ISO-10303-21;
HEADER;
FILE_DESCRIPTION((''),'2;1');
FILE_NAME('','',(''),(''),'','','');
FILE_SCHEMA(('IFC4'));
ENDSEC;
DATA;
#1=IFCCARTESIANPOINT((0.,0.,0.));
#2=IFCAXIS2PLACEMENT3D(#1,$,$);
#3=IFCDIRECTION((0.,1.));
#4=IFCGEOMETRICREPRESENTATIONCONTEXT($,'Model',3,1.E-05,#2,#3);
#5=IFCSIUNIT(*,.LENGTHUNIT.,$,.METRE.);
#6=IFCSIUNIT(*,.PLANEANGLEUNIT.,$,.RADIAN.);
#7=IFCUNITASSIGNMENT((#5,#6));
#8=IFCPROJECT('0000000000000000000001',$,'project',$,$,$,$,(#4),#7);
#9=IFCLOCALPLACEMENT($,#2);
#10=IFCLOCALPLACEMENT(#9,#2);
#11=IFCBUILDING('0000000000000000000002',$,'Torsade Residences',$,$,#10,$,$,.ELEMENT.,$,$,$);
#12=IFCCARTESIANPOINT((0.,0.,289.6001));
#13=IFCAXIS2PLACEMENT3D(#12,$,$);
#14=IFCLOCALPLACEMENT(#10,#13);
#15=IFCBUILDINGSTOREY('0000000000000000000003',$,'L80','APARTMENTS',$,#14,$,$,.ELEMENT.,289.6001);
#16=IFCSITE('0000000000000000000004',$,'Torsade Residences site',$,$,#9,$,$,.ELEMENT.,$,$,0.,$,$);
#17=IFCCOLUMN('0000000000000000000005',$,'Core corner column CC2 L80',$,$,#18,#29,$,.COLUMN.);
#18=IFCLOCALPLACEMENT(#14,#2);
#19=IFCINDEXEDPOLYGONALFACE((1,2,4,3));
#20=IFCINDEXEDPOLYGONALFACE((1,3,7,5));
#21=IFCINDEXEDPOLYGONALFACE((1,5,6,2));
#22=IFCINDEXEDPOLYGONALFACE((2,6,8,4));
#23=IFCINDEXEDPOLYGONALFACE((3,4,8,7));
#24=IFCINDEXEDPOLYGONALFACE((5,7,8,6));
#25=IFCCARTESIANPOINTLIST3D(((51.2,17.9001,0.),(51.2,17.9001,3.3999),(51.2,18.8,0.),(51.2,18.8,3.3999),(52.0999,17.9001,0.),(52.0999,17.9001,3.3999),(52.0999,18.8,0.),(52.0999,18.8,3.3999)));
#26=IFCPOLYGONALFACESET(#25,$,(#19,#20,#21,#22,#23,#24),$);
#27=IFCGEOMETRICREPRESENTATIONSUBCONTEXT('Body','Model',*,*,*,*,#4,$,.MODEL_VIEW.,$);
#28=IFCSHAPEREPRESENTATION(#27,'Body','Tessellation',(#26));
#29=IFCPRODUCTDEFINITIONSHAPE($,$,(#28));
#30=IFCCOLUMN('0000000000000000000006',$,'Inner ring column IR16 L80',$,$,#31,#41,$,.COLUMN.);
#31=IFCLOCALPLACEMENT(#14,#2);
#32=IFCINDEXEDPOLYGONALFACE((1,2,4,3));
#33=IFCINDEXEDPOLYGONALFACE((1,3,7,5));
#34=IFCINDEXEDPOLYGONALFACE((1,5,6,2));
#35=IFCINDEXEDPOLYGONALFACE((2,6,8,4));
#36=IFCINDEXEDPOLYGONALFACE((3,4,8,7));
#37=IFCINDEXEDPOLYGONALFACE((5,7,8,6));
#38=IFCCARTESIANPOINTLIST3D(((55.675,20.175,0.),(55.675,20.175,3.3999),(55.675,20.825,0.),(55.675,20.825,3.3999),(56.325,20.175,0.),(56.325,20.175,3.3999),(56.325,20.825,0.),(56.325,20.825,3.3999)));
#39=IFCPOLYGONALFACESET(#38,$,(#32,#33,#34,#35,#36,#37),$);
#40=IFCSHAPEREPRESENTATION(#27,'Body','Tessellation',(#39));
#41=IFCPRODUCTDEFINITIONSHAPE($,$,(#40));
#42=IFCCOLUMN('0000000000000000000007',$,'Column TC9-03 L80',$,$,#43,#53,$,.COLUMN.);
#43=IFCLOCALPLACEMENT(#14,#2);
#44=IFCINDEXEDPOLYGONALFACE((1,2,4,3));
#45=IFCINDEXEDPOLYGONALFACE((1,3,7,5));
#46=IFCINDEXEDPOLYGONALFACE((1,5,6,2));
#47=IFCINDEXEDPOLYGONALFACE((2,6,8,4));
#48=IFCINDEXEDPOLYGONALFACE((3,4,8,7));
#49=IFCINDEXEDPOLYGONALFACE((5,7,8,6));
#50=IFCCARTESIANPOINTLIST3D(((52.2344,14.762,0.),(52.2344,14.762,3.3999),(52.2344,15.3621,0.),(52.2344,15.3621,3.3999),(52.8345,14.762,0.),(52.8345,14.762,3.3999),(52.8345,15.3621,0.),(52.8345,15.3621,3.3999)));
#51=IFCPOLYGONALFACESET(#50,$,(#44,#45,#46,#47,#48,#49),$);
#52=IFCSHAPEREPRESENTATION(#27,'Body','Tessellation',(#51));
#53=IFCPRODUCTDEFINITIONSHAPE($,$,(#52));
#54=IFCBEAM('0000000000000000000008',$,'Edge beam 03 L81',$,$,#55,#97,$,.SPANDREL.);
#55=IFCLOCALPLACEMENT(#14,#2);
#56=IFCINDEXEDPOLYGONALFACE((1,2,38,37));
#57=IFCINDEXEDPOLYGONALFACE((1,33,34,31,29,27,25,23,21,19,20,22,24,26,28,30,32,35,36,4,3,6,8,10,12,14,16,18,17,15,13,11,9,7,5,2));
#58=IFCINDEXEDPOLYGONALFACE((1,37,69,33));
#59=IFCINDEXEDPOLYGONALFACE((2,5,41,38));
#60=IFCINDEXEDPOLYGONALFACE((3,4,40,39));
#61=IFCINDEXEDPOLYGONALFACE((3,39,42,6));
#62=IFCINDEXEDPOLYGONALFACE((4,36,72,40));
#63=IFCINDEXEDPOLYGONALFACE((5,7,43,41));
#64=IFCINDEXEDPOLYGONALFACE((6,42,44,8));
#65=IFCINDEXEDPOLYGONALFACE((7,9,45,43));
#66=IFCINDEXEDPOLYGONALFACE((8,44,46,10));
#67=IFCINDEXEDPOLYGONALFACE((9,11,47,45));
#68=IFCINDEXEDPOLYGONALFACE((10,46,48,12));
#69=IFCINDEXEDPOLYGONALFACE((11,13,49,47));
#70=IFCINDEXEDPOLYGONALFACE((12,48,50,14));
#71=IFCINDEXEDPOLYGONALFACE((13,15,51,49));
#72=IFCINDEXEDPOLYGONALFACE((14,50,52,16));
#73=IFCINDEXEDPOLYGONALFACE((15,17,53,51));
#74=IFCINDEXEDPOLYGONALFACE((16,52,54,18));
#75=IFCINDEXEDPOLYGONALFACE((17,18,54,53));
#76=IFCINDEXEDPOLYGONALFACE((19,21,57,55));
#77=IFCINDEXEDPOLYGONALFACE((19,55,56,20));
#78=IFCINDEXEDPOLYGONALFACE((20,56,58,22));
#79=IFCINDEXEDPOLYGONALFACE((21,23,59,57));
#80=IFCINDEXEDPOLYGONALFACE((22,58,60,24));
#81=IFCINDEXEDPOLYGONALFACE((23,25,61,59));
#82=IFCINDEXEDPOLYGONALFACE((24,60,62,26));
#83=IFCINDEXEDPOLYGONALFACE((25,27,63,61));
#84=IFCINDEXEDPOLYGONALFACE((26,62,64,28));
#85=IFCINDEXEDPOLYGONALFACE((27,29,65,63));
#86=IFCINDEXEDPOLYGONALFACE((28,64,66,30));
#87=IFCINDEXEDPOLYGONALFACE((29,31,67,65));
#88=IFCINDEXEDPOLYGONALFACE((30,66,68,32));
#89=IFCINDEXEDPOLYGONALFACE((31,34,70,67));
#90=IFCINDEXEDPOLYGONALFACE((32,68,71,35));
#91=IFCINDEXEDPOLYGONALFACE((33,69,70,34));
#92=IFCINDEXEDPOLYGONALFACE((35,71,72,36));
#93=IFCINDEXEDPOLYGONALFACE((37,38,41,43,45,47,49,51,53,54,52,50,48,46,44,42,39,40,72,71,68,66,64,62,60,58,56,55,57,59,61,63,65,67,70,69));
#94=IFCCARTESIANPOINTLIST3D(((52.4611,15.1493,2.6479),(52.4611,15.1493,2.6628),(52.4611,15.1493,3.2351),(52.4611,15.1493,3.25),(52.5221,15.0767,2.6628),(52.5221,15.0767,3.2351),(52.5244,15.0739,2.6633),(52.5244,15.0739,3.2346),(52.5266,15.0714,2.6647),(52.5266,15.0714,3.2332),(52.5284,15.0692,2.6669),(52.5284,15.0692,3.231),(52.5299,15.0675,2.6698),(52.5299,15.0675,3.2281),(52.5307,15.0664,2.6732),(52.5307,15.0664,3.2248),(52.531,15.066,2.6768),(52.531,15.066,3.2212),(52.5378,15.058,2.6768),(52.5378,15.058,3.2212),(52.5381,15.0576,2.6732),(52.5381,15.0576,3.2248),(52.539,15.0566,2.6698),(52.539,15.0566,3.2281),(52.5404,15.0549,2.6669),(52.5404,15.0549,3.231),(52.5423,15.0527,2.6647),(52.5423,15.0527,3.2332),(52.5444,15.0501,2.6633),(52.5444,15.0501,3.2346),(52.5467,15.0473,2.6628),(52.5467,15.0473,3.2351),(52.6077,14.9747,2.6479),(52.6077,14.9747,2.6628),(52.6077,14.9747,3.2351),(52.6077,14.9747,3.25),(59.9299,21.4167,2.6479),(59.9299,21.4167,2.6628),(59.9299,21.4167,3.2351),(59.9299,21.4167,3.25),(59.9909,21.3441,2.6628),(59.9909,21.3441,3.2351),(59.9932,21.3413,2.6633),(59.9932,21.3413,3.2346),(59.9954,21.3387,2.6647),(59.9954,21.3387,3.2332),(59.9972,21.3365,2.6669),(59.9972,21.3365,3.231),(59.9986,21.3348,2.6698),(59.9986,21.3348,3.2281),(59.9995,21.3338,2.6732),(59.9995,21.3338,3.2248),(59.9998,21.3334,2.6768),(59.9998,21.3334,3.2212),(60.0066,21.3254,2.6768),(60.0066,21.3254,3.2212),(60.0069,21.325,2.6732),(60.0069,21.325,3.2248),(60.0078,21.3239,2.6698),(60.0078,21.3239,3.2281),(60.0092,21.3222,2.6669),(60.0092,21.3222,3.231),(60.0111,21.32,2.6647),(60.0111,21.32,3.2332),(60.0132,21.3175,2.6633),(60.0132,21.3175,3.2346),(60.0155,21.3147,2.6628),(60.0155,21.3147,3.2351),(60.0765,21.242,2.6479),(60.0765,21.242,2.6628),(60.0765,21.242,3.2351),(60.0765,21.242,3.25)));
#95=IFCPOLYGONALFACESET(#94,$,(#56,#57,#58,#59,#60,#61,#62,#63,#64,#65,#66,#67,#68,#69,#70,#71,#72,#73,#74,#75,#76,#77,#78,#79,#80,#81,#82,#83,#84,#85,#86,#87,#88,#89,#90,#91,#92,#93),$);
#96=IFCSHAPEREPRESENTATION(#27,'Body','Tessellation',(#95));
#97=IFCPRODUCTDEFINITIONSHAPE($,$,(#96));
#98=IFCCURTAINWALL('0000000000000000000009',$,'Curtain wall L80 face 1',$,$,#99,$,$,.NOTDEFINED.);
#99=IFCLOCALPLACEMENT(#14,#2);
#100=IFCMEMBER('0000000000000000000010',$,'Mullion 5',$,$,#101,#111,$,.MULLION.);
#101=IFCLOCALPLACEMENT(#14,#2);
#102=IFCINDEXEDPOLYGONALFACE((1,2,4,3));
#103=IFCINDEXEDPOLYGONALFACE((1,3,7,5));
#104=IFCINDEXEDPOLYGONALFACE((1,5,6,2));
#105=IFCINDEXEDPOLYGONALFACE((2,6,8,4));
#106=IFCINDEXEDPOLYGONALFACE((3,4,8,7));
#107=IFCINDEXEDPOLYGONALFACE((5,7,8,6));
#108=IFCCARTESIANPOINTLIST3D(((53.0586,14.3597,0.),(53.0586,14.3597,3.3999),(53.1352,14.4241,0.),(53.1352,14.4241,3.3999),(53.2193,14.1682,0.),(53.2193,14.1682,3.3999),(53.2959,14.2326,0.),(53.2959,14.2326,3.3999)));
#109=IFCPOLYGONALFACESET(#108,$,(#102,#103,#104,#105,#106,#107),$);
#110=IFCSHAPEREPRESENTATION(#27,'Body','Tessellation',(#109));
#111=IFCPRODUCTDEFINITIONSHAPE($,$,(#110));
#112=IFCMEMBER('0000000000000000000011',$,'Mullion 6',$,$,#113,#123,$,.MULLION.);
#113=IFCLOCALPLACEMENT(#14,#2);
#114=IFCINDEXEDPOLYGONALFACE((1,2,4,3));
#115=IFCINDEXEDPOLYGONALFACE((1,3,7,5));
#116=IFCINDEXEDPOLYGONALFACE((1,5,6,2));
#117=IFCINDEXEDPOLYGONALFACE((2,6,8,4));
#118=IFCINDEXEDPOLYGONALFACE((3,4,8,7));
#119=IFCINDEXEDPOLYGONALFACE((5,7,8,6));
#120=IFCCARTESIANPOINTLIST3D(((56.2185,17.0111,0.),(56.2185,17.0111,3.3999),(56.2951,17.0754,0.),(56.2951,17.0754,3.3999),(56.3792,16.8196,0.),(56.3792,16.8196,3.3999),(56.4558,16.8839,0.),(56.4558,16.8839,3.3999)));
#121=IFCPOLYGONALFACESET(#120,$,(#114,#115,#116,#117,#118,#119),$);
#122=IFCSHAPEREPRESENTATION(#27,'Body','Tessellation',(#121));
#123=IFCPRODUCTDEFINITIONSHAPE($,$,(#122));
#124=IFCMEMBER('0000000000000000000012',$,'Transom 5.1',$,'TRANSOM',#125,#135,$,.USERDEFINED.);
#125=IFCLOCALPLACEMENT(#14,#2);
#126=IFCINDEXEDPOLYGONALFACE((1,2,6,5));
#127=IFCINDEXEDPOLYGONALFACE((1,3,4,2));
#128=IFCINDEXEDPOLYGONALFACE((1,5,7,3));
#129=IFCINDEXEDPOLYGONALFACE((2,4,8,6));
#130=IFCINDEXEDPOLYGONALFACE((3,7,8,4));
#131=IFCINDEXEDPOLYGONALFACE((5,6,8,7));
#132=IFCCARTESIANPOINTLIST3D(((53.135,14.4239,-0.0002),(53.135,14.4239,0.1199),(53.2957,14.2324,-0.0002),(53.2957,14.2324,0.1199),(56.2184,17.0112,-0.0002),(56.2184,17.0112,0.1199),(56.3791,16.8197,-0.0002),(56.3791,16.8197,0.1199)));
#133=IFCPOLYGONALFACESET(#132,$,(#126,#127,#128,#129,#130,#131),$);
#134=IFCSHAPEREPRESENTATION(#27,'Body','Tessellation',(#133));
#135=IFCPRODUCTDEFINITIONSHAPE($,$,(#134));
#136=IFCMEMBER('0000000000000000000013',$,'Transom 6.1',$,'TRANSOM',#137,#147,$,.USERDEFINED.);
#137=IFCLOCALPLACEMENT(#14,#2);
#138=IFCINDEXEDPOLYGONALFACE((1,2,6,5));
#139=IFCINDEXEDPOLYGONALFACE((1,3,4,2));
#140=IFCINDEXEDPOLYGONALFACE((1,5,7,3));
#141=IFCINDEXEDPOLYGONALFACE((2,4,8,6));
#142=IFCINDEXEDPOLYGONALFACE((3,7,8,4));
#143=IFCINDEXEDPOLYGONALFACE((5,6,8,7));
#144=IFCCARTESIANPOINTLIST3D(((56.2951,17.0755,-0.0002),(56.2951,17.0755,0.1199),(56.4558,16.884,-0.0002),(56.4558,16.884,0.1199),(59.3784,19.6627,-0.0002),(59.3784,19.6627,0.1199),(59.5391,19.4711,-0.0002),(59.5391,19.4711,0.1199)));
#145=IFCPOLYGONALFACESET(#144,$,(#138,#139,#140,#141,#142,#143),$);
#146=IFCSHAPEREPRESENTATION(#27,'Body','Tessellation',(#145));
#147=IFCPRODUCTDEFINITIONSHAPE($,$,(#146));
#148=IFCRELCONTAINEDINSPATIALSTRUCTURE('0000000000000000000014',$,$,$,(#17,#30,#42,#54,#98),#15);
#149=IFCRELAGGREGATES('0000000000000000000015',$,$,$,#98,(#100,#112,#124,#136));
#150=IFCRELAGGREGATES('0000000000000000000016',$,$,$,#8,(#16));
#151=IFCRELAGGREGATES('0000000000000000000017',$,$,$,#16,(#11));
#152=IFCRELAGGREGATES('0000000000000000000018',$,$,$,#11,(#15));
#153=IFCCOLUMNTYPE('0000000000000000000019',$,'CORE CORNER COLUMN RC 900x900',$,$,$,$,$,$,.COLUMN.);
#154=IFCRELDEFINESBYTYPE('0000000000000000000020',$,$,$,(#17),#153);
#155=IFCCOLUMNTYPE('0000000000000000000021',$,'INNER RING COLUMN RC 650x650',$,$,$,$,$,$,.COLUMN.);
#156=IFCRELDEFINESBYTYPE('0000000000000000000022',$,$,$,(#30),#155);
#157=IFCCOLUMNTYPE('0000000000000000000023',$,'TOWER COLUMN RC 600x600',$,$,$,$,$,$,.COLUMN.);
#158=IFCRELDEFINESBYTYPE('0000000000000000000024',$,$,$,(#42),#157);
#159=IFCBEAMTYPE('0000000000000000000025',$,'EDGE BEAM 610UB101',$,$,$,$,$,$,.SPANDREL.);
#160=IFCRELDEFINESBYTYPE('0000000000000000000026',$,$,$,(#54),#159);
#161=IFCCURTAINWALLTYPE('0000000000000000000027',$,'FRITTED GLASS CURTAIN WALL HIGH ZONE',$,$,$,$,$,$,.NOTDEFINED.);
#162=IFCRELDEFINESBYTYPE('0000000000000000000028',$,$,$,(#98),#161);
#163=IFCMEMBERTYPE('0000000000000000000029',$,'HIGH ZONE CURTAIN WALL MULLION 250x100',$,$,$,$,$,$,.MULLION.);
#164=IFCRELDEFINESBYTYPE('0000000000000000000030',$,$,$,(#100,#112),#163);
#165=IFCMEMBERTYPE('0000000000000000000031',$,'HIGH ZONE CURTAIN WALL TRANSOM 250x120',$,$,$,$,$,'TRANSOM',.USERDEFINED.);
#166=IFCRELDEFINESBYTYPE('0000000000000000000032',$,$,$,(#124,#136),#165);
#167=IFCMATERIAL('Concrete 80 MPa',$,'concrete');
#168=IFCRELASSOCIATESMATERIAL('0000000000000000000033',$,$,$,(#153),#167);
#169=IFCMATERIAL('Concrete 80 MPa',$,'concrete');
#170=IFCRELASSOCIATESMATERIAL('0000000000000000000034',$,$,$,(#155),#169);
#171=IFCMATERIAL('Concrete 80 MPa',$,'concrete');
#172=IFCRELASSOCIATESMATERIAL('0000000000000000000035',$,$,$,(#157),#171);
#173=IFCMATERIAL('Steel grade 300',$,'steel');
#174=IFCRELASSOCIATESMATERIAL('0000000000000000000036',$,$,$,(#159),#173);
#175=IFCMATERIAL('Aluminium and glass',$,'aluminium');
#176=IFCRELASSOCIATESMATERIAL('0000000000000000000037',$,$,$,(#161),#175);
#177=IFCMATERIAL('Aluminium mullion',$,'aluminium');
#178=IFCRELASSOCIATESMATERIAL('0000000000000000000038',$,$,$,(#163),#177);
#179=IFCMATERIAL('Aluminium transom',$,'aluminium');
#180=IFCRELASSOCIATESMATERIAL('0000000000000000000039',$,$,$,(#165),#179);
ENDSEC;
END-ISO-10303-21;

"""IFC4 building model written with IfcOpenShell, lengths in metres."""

from ifc_helpers import new_model, si_unit, direction, frame, origin, origin_2d, place, context, subcontext, project, spatial, rectangle, i_section, extrude, material, material_profile, profile_set, type_object, element, aggregate, save


model = new_model("IFC4")

# Units and contexts
model_context = context("Model", 3, precision=1e-05, world=origin(), true_north=direction((0.0, 1.0)))
body_context = subcontext(model_context, "Body", "Model", "MODEL_VIEW")
ifc_project = project(units=[si_unit("LENGTHUNIT", "METRE"), si_unit("PLANEANGLEUNIT", "RADIAN")], contexts=[model_context])

# Site, building, storey
site_placement = place(None, origin())
site = spatial("IfcSite", under=ifc_project, at=site_placement, Name="Torsade Residences site", CompositionType="ELEMENT", RefElevation=0.0)
building_placement = place(site_placement, origin())
building = spatial("IfcBuilding", under=site, at=building_placement, Name="Torsade Residences", CompositionType="ELEMENT")
storey_placement = place(building_placement, frame((0.0, 0.0, 289.6001)))
storey = spatial("IfcBuildingStorey", under=building, at=storey_placement, Name="L80", Description="APARTMENTS", CompositionType="ELEMENT", Elevation=289.6001)

# Columns
ifc_material_1 = material(Name="Concrete 80 MPa", Category="concrete")
ifc_material_profile_1 = material_profile(ifc_material_1, rectangle(XDim=0.8999, YDim=0.8999, at=origin_2d()), Name="RC 900x900")
ifc_profile_set_1 = profile_set([ifc_material_profile_1], Name="Concrete 80 MPa")
column_type_1 = type_object("IfcColumnType", Name="CORE CORNER COLUMN RC 900x900", PredefinedType="COLUMN", material=ifc_profile_set_1)
column_1_placement = place(storey_placement, frame((51.6499, 18.3501, 0.0), z_axis=(0.0, 0.0, 1.0), x_axis=(1.0, 0.0, 0.0)))
element("IfcColumn", 1, at=column_1_placement, inside=storey, type_object=column_type_1, Name="Core corner column CC2 L80", PredefinedType="COLUMN", context=body_context, shape_type="SweptSolid", body=[
    extrude(rectangle(XDim=0.8999, YDim=0.8999, at=origin_2d()), origin(), (0.0, 0.0, 1.0), 3.3999),
])
ifc_material_2 = material(Name="Concrete 80 MPa", Category="concrete")
ifc_material_profile_2 = material_profile(ifc_material_2, rectangle(XDim=0.6499, YDim=0.6499, at=origin_2d()), Name="RC 650x650")
ifc_profile_set_2 = profile_set([ifc_material_profile_2], Name="Concrete 80 MPa")
column_type_2 = type_object("IfcColumnType", Name="INNER RING COLUMN RC 650x650", PredefinedType="COLUMN", material=ifc_profile_set_2)
column_2_placement = place(storey_placement, frame((56.0, 20.5, 0.0), z_axis=(0.0, 0.0, 1.0), x_axis=(1.0, 0.0, 0.0)))
element("IfcColumn", 2, at=column_2_placement, inside=storey, type_object=column_type_2, Name="Inner ring column IR16 L80", PredefinedType="COLUMN", context=body_context, shape_type="SweptSolid", body=[
    extrude(rectangle(XDim=0.6499, YDim=0.6499, at=origin_2d()), origin(), (0.0, 0.0, 1.0), 3.3999),
])
ifc_material_3 = material(Name="Concrete 80 MPa", Category="concrete")
ifc_material_profile_3 = material_profile(ifc_material_3, rectangle(XDim=0.6001, YDim=0.6001, at=origin_2d()), Name="RC 600x600")
ifc_profile_set_3 = profile_set([ifc_material_profile_3], Name="Concrete 80 MPa")
column_type_3 = type_object("IfcColumnType", Name="TOWER COLUMN RC 600x600", PredefinedType="COLUMN", material=ifc_profile_set_3)
column_3_placement = place(storey_placement, frame((52.5344, 15.062, 0.0), z_axis=(0.0, 0.0, 1.0), x_axis=(1.0, 0.0, 0.0)))
element("IfcColumn", 3, at=column_3_placement, inside=storey, type_object=column_type_3, Name="Column TC9-03 L80", PredefinedType="COLUMN", context=body_context, shape_type="SweptSolid", body=[
    extrude(rectangle(XDim=0.6001, YDim=0.6001, at=origin_2d()), origin(), (0.0, 0.0, 1.0), 3.3999),
])

# Beam
ifc_material_4 = material(Name="Steel grade 300", Category="steel")
ifc_material_profile_4 = material_profile(ifc_material_4, i_section(OverallWidth=0.228, OverallDepth=0.6021, WebThickness=0.0105, FlangeThickness=0.0149, FilletRadius=0.0139, at=origin_2d()), Name="610UB101")
ifc_profile_set_4 = profile_set([ifc_material_profile_4], Name="Steel grade 300")
beam_type_1 = type_object("IfcBeamType", Name="EDGE BEAM 610UB101", PredefinedType="SPANDREL", material=ifc_profile_set_4)
beam_1_placement = place(storey_placement, frame((52.5344, 15.062, 2.949), z_axis=(0.766029, 0.642806, 0.0), x_axis=(-0.642806, 0.766029, 0.0)))
element("IfcBeam", 4, at=beam_1_placement, inside=storey, type_object=beam_type_1, Name="Edge beam 03 L81", PredefinedType="SPANDREL", context=body_context, shape_type="SweptSolid", body=[
    extrude(i_section(OverallWidth=0.228, OverallDepth=0.6021, WebThickness=0.0105, FlangeThickness=0.0149, FilletRadius=0.0139, at=origin_2d()), origin(), (0.0, 0.0, 1.0), 9.75),
])

# Curtain wall, members
ifc_material_5 = material(Name="Aluminium and glass", Category="aluminium")
curtain_wall_type = type_object("IfcCurtainWallType", Name="FRITTED GLASS CURTAIN WALL HIGH ZONE", PredefinedType="NOTDEFINED", material=ifc_material_5)
curtain_wall_placement = place(storey_placement, origin())
curtain_wall = element("IfcCurtainWall", 5, at=curtain_wall_placement, inside=storey, type_object=curtain_wall_type, Name="Curtain wall L80 face 1", PredefinedType="NOTDEFINED")
ifc_material_6 = material(Name="Aluminium mullion", Category="aluminium")
ifc_material_profile_5 = material_profile(ifc_material_6, rectangle(XDim=0.25, YDim=0.1001, at=origin_2d()), Name="HIGH ZONE CURTAIN WALL MULLION 250x100")
ifc_profile_set_5 = profile_set([ifc_material_profile_5], Name="Aluminium mullion")
member_type_1 = type_object("IfcMemberType", Name="HIGH ZONE CURTAIN WALL MULLION 250x100", PredefinedType="MULLION", material=ifc_profile_set_5)
member_1_placement = place(storey_placement, frame((53.1772, 14.2961, 0.0), z_axis=(0.0, 0.0, 1.0), x_axis=(-0.642788, 0.766044, 0.0)))
member_1 = element("IfcMember", 6, at=member_1_placement, type_object=member_type_1, Name="Mullion 5", PredefinedType="MULLION", context=body_context, shape_type="SweptSolid", body=[
    extrude(rectangle(XDim=0.25, YDim=0.1001, at=origin_2d()), origin(), (0.0, 0.0, 1.0), 3.3999),
])
member_2_placement = place(storey_placement, frame((56.3372, 16.9475, 0.0), z_axis=(0.0, 0.0, 1.0), x_axis=(-0.642788, 0.766044, 0.0)))
member_2 = element("IfcMember", 7, at=member_2_placement, type_object=member_type_1, Name="Mullion 6", PredefinedType="MULLION", context=body_context, shape_type="SweptSolid", body=[
    extrude(rectangle(XDim=0.25, YDim=0.1001, at=origin_2d()), origin(), (0.0, 0.0, 1.0), 3.3999),
])
ifc_material_7 = material(Name="Aluminium transom", Category="aluminium")
ifc_material_profile_6 = material_profile(ifc_material_7, rectangle(XDim=0.25, YDim=0.1201, at=origin_2d()), Name="HIGH ZONE CURTAIN WALL TRANSOM 250x120")
ifc_profile_set_6 = profile_set([ifc_material_profile_6], Name="Aluminium transom")
member_type_2 = type_object("IfcMemberType", Name="HIGH ZONE CURTAIN WALL TRANSOM 250x120", ElementType="TRANSOM", PredefinedType="USERDEFINED", material=ifc_profile_set_6)
member_3_placement = place(storey_placement, frame((53.2153, 14.3281, 0.0598), z_axis=(0.766039, 0.642794, 0.0), x_axis=(-0.642794, 0.766039, 0.0)))
member_3 = element("IfcMember", 8, at=member_3_placement, type_object=member_type_2, Name="Transom 5.1", ObjectType="TRANSOM", PredefinedType="USERDEFINED", context=body_context, shape_type="SweptSolid", body=[
    extrude(rectangle(XDim=0.25, YDim=0.1201, at=origin_2d()), origin(), (0.0, 0.0, 1.0), 4.0251),
])
member_4_placement = place(storey_placement, frame((56.3755, 16.9797, 0.0598), z_axis=(0.766044, 0.642788, 0.0), x_axis=(-0.642788, 0.766044, 0.0)))
member_4 = element("IfcMember", 9, at=member_4_placement, type_object=member_type_2, Name="Transom 6.1", ObjectType="TRANSOM", PredefinedType="USERDEFINED", context=body_context, shape_type="SweptSolid", body=[
    extrude(rectangle(XDim=0.25, YDim=0.1201, at=origin_2d()), origin(), (0.0, 0.0, 1.0), 4.0249),
])

aggregate(curtain_wall, [member_1, member_2, member_3, member_4])

save(model, "model.ifc")
